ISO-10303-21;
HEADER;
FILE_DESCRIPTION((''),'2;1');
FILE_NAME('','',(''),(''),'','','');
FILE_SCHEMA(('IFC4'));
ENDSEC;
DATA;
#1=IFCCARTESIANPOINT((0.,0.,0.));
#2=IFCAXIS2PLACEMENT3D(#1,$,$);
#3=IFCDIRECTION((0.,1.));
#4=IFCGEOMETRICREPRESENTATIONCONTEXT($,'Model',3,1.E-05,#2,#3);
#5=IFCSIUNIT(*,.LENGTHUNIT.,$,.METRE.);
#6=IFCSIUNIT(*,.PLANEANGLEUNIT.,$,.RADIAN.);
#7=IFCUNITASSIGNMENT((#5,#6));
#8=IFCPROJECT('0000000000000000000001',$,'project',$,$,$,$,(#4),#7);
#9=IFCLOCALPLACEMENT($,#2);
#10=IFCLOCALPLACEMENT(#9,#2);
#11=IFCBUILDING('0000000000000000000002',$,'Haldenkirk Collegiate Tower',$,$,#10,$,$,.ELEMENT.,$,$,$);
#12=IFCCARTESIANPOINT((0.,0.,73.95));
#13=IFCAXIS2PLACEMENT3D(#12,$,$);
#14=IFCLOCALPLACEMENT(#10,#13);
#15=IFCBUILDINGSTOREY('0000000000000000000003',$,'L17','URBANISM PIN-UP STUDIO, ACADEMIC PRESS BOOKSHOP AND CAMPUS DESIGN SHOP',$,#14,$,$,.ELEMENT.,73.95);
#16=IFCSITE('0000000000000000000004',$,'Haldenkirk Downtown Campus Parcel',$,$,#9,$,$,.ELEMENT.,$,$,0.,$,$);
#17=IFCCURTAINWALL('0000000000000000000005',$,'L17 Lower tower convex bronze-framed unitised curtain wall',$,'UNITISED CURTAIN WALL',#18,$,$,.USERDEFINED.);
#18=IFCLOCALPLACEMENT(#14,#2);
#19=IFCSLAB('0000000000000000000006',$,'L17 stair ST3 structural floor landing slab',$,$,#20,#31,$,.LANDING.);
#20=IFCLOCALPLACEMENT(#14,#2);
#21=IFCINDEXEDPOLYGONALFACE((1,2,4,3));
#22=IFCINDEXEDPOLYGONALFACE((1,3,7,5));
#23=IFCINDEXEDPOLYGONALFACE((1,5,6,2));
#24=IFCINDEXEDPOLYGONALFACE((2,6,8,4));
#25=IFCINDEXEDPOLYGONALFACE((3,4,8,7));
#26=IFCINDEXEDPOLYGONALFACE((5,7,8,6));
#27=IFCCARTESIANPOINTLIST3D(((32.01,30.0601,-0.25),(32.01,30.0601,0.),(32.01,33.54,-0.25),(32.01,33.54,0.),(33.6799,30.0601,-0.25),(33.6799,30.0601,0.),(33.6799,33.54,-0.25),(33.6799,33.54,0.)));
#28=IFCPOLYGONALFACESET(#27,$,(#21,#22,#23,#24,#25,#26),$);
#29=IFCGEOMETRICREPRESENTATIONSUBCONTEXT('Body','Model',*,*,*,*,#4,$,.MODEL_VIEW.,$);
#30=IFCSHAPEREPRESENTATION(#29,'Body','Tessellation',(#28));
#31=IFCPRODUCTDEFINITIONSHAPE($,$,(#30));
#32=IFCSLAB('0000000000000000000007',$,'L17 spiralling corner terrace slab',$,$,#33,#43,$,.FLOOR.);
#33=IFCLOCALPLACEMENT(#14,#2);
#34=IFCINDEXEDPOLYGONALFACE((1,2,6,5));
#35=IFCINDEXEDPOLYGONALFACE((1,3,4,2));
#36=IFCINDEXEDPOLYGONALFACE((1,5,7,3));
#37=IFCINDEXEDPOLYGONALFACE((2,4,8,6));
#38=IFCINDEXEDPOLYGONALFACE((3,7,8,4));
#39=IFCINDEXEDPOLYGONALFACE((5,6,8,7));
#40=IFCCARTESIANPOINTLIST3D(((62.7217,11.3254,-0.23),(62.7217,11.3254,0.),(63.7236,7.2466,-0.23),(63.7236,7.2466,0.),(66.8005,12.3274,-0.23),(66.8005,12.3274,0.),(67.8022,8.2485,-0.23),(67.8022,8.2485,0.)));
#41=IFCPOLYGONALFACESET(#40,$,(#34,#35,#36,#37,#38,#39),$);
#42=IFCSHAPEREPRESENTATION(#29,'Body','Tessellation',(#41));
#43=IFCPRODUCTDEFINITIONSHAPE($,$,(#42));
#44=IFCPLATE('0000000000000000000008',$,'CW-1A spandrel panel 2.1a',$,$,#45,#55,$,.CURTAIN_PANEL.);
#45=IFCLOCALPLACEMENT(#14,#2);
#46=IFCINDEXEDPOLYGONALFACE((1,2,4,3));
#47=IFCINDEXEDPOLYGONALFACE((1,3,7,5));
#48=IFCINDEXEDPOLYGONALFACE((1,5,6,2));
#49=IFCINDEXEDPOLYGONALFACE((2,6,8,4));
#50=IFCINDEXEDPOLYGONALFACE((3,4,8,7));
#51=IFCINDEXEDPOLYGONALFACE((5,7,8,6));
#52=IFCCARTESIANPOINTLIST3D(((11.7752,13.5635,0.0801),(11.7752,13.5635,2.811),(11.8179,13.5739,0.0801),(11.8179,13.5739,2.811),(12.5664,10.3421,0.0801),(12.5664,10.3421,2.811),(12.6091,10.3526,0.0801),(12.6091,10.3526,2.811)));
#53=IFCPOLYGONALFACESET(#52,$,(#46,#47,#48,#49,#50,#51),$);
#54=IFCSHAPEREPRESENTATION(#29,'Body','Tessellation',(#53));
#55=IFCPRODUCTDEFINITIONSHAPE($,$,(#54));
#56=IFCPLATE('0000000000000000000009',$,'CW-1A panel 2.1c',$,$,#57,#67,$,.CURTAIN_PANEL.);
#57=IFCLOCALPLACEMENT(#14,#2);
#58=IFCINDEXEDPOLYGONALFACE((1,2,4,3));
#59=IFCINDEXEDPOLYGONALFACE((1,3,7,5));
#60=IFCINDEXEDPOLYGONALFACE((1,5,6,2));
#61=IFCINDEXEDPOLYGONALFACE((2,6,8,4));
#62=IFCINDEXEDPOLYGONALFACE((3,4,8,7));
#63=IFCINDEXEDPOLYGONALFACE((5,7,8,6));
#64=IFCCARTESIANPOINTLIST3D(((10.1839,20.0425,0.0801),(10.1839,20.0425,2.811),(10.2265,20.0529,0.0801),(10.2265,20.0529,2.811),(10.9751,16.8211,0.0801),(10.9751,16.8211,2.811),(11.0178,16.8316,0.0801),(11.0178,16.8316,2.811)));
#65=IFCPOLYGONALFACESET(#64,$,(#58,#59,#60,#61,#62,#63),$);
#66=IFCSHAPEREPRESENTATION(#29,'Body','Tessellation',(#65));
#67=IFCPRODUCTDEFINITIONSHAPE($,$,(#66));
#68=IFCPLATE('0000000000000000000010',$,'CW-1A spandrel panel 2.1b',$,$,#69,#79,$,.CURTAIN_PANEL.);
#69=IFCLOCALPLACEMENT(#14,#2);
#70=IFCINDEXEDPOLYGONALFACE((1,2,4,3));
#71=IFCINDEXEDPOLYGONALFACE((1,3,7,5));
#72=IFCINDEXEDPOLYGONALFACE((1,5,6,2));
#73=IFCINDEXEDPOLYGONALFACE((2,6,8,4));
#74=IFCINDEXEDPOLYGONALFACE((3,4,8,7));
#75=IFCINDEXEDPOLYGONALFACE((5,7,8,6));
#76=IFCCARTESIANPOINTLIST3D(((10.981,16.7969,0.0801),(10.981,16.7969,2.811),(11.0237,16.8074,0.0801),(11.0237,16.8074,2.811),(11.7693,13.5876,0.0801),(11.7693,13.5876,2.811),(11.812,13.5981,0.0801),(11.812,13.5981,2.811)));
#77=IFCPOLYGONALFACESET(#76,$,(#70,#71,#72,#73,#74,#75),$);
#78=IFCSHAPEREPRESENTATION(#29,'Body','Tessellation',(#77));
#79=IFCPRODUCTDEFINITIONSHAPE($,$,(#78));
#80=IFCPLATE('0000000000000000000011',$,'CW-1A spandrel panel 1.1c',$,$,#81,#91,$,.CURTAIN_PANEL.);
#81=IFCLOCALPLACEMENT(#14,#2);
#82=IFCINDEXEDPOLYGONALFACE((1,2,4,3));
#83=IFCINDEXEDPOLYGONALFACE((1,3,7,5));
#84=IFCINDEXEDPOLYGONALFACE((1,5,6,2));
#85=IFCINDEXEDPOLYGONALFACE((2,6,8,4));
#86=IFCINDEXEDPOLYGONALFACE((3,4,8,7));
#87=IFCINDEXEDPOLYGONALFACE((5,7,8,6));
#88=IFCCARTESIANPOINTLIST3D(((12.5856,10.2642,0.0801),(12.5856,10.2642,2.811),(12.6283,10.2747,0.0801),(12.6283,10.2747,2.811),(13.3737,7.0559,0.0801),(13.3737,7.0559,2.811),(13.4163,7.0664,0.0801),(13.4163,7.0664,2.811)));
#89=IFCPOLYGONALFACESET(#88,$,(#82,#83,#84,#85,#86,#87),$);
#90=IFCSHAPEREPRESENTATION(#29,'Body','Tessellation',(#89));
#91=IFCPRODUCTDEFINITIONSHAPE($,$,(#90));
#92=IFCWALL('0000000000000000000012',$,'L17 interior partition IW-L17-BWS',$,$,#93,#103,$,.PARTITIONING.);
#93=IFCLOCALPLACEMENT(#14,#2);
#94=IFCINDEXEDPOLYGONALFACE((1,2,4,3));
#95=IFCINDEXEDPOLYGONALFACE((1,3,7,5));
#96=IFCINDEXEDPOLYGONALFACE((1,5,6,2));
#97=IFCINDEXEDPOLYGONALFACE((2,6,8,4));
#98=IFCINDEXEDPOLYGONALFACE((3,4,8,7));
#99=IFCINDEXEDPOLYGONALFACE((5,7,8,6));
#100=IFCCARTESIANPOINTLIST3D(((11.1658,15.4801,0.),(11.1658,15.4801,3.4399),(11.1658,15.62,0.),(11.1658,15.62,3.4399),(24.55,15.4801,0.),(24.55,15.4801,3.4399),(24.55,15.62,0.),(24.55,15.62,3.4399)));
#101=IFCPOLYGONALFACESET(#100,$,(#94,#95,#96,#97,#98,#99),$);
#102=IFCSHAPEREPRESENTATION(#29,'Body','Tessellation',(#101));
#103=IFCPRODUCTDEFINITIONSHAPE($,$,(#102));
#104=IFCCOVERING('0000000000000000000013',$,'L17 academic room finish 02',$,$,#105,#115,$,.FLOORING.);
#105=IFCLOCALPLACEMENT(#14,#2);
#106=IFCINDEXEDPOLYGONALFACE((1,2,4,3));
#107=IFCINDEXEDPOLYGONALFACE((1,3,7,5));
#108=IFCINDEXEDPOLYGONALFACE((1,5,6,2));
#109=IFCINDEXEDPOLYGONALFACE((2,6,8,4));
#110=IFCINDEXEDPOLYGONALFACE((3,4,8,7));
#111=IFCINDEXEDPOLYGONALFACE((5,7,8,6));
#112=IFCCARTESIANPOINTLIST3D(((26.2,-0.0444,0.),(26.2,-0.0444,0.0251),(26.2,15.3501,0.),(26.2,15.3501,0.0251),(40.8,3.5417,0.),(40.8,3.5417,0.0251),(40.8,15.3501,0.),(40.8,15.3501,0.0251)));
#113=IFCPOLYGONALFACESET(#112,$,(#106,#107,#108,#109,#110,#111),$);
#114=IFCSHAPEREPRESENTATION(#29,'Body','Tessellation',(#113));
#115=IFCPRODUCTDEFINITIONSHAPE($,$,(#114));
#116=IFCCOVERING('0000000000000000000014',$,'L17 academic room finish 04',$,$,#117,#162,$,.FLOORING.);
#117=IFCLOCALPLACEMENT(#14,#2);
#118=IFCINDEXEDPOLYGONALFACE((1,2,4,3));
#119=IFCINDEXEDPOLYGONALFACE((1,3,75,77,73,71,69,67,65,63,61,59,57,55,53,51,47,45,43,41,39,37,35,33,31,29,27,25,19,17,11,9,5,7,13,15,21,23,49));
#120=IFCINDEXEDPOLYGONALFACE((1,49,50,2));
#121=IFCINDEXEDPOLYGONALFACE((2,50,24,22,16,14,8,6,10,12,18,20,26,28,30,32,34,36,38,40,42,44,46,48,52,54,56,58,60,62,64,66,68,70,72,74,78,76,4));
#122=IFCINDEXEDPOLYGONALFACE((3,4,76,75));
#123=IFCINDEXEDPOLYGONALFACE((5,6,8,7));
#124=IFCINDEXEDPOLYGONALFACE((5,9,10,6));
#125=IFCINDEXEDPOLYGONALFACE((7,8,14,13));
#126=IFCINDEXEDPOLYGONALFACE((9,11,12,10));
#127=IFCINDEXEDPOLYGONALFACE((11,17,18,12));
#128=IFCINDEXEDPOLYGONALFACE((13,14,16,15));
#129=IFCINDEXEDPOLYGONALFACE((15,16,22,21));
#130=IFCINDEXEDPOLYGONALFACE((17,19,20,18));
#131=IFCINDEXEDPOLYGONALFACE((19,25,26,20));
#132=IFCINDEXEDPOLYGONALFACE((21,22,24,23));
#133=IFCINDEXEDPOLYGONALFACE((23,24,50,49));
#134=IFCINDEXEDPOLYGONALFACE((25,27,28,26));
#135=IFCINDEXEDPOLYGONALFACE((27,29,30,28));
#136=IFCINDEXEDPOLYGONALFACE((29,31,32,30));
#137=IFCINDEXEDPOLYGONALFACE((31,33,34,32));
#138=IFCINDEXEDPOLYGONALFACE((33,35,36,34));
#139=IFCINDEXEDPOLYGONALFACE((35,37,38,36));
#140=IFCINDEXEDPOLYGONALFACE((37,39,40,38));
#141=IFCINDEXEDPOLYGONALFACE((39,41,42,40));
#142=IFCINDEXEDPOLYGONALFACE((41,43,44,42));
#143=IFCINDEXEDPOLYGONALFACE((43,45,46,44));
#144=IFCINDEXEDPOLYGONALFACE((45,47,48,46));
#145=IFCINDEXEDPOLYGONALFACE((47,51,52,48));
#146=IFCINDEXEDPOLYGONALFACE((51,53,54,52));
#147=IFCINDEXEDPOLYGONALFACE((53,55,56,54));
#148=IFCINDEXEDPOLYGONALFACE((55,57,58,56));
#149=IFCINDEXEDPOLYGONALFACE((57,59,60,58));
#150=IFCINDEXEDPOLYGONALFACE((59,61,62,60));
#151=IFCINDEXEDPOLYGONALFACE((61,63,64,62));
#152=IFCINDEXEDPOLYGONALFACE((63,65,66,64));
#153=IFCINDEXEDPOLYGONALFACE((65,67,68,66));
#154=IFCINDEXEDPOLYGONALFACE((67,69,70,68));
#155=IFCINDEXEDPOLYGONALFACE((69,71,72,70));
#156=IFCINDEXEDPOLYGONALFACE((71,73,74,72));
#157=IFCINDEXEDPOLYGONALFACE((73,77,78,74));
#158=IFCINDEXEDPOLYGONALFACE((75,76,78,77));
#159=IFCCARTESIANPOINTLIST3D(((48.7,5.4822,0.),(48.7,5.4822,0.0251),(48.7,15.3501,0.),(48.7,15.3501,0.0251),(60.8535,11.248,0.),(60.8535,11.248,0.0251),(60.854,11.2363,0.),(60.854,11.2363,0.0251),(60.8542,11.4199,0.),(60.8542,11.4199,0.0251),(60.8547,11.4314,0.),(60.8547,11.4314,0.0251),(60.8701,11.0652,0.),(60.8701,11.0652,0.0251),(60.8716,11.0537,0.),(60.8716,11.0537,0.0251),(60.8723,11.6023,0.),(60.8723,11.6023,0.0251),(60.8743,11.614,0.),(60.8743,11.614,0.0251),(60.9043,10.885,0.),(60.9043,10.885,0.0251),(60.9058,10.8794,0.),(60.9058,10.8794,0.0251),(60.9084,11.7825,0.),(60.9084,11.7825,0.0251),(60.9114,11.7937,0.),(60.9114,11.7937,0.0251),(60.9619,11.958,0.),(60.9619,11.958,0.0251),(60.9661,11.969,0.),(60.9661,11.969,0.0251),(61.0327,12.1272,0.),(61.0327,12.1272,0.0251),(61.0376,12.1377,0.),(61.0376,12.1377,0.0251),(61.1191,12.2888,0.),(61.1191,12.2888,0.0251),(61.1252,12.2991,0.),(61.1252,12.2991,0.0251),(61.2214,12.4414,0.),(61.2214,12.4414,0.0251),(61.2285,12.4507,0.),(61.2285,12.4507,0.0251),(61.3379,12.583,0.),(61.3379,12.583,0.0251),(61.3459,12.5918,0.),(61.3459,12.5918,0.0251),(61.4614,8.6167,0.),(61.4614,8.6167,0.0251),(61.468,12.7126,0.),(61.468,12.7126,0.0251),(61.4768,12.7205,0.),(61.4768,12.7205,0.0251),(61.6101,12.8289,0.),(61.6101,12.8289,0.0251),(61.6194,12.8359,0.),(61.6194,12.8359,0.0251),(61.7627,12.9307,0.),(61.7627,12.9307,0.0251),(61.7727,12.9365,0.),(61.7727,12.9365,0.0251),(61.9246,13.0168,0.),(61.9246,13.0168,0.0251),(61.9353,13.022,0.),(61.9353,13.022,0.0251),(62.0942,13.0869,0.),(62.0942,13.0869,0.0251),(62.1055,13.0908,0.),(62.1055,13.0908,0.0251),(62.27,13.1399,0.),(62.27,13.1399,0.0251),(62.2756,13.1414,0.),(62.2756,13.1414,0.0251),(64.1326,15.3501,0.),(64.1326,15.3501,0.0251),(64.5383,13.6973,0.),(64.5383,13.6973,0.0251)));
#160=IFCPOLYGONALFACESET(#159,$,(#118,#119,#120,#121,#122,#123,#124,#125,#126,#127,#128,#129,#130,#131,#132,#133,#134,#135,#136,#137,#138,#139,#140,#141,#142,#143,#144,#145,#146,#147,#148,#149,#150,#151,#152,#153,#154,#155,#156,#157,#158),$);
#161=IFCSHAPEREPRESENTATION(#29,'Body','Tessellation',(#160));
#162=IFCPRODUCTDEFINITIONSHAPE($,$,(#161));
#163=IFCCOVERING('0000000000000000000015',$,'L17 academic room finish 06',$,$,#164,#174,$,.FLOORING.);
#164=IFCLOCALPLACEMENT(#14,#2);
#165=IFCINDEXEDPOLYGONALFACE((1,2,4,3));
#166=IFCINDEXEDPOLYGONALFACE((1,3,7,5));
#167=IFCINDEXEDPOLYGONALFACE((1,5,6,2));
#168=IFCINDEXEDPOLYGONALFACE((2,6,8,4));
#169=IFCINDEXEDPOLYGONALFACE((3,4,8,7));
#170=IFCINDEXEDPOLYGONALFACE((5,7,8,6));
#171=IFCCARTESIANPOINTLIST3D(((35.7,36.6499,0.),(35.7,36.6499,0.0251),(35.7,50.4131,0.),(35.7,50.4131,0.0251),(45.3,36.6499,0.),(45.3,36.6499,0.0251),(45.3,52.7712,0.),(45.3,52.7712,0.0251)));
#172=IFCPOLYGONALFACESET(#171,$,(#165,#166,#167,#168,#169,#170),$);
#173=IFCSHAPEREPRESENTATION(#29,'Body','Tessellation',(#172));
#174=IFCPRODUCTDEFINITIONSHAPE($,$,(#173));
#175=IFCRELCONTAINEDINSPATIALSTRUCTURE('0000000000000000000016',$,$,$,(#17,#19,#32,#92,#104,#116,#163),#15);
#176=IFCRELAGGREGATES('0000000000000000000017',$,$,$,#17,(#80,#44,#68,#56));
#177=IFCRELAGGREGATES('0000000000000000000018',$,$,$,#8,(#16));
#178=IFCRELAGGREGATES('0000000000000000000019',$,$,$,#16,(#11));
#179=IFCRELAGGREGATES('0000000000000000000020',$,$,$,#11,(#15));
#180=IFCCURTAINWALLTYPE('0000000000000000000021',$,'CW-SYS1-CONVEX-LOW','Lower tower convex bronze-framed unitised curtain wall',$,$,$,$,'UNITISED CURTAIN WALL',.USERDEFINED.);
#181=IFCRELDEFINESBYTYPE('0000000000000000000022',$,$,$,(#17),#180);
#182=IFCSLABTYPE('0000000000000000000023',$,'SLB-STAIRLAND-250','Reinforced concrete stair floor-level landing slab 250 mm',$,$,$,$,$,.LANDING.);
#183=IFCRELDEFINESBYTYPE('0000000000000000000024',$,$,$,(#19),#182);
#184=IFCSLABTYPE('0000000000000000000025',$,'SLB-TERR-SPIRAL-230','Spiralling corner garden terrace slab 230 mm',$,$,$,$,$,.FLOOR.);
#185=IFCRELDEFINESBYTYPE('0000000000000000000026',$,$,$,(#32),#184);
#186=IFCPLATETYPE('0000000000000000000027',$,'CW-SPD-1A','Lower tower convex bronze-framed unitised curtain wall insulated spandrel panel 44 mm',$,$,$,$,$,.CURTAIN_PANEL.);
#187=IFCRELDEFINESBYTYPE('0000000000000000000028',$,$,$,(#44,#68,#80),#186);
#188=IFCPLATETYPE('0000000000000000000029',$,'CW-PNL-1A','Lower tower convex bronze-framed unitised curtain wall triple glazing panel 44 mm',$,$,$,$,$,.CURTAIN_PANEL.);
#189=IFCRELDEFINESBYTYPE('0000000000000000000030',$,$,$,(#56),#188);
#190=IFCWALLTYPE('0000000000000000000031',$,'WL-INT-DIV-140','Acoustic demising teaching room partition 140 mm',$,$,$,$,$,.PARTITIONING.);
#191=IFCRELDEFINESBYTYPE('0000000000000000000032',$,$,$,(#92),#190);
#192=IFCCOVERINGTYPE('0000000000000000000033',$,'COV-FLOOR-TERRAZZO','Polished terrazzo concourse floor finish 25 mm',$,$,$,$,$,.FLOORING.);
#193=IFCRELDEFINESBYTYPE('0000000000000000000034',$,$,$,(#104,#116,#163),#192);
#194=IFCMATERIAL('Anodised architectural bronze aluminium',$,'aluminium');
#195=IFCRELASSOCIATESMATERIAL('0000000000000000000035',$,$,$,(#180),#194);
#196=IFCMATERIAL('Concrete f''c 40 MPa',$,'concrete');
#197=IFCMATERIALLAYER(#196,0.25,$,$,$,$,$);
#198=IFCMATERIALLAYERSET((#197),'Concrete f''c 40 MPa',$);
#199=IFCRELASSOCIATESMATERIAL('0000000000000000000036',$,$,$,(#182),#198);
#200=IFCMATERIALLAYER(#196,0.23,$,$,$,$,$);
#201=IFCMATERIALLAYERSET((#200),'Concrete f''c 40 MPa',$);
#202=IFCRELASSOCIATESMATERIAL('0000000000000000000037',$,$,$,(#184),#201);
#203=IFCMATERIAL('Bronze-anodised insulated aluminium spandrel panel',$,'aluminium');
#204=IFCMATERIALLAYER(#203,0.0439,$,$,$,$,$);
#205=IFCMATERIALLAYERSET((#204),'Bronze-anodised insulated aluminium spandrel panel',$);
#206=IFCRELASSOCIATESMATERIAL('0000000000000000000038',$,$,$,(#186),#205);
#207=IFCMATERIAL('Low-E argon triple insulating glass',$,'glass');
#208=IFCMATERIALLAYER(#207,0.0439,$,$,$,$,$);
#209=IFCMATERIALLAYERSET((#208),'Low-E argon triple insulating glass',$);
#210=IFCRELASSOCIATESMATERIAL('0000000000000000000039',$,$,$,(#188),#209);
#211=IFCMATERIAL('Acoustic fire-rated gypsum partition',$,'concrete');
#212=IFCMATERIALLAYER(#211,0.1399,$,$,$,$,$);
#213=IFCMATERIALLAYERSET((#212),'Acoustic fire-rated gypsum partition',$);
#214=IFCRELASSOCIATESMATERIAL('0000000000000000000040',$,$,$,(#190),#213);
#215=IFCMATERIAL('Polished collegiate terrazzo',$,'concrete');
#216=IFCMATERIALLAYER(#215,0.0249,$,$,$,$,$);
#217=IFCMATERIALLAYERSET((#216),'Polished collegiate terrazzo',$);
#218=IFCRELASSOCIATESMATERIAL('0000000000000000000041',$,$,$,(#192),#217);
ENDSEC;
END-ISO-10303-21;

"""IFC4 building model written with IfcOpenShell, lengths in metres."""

from ifc_helpers import new_model, si_unit, direction, frame, frame_2d, origin, origin_2d, place, context, subcontext, project, spatial, polyline, rectangle, outline, extrude, source, transform, mapped, material, layer, layer_set, type_object, element, aggregate, save


model = new_model("IFC4")

# Units and contexts
model_context = context("Model", 3, precision=1e-05, world=origin(), true_north=direction((0.0, 1.0)))
body_context = subcontext(model_context, "Body", "Model", "MODEL_VIEW")
ifc_project = project(units=[si_unit("LENGTHUNIT", "METRE"), si_unit("PLANEANGLEUNIT", "RADIAN")], contexts=[model_context])

# Site, building, storey
site_placement = place(None, origin())
site = spatial("IfcSite", under=ifc_project, at=site_placement, Name="Haldenkirk Downtown Campus Parcel", CompositionType="ELEMENT", RefElevation=0.0)
building_placement = place(site_placement, origin())
building = spatial("IfcBuilding", under=site, at=building_placement, Name="Haldenkirk Collegiate Tower", CompositionType="ELEMENT")
storey_placement = place(building_placement, frame((0.0, 0.0, 73.95)))
storey = spatial("IfcBuildingStorey", under=building, at=storey_placement, Name="L17", Description="URBANISM PIN-UP STUDIO, ACADEMIC PRESS BOOKSHOP AND CAMPUS DESIGN SHOP", CompositionType="ELEMENT", Elevation=73.95)

# Curtain wall
ifc_material_1 = material(Name="Anodised architectural bronze aluminium", Category="aluminium")
curtain_wall_type = type_object("IfcCurtainWallType", Name="CW-SYS1-CONVEX-LOW", Description="Lower tower convex bronze-framed unitised curtain wall", ElementType="UNITISED CURTAIN WALL", PredefinedType="USERDEFINED", material=ifc_material_1)
curtain_wall_placement = place(storey_placement, origin())
curtain_wall = element("IfcCurtainWall", 1, at=curtain_wall_placement, inside=storey, type_object=curtain_wall_type, Name="L17 Lower tower convex bronze-framed unitised curtain wall", ObjectType="UNITISED CURTAIN WALL", PredefinedType="USERDEFINED")

# Shared definitions
ifc_material_2 = material(Name="Concrete f'c 40 MPa", Category="concrete")

# Slabs
ifc_layer_1 = layer(ifc_material_2, 0.25)
ifc_layer_set_1 = layer_set([ifc_layer_1], Name="Concrete f'c 40 MPa")
slab_type_1 = type_object("IfcSlabType", Name="SLB-STAIRLAND-250", Description="Reinforced concrete stair floor-level landing slab 250 mm", PredefinedType="LANDING", material=ifc_layer_set_1)
slab_1_placement = place(storey_placement, frame((0.0, 0.0, -0.25)))
element("IfcSlab", 2, at=slab_1_placement, inside=storey, type_object=slab_type_1, Name="L17 stair ST3 structural floor landing slab", PredefinedType="LANDING", context=body_context, shape_type="SweptSolid", body=[
    extrude(outline(polyline([(32.01, 30.0601), (33.6799, 30.0601), (33.6799, 33.54), (32.01, 33.54), (32.01, 30.0601)])), origin(), (0.0, 0.0, 1.0), 0.25),
])
ifc_layer_2 = layer(ifc_material_2, 0.23)
ifc_layer_set_2 = layer_set([ifc_layer_2], Name="Concrete f'c 40 MPa")
slab_type_2 = type_object("IfcSlabType", Name="SLB-TERR-SPIRAL-230", Description="Spiralling corner garden terrace slab 230 mm", PredefinedType="FLOOR", material=ifc_layer_set_2)
slab_2_placement = place(storey_placement, frame((0.0, 0.0, -0.23)))
element("IfcSlab", 3, at=slab_2_placement, inside=storey, type_object=slab_type_2, Name="L17 spiralling corner terrace slab", PredefinedType="FLOOR", context=body_context, shape_type="SweptSolid", body=[
    extrude(outline(polyline([(63.7236, 7.2466), (67.8022, 8.2485), (66.8005, 12.3274), (62.7217, 11.3254), (63.7236, 7.2466)])), origin(), (0.0, 0.0, 1.0), 0.23),
])

# Plates
ifc_material_3 = material(Name="Bronze-anodised insulated aluminium spandrel panel", Category="aluminium")
ifc_layer_3 = layer(ifc_material_3, 0.0439)
ifc_layer_set_3 = layer_set([ifc_layer_3], Name="Bronze-anodised insulated aluminium spandrel panel")
plate_type_1 = type_object("IfcPlateType", Name="CW-SPD-1A", Description="Lower tower convex bronze-framed unitised curtain wall insulated spandrel panel 44 mm", PredefinedType="CURTAIN_PANEL", material=ifc_layer_set_3)
shared_shape_1 = source(origin(), body_context, "Body", "SweptSolid", [
    extrude(rectangle(XDim=3.3171, YDim=0.0439, at=origin_2d()), origin(), (0.0, 0.0, 1.0), 2.731),
])
plate_1_placement = place(storey_placement, frame((12.1921, 11.958, 0.0801), z_axis=(0.0, 0.0, 1.0), x_axis=(-0.238532, 0.971135, 0.0)))
plate_1 = element("IfcPlate", 4, at=plate_1_placement, type_object=plate_type_1, Name="CW-1A spandrel panel 2.1a", PredefinedType="CURTAIN_PANEL", context=body_context, shape_type="MappedRepresentation", body=[
    mapped(shared_shape_1, transform((0.0, 0.0, 0.0), x_axis=(1.0, 0.0, 0.0), y_axis=(0.0, 1.0, 0.0), z_axis=(0.0, 0.0, 1.0), scale=1.0)),
])
ifc_material_4 = material(Name="Low-E argon triple insulating glass", Category="glass")
ifc_layer_4 = layer(ifc_material_4, 0.0439)
ifc_layer_set_4 = layer_set([ifc_layer_4], Name="Low-E argon triple insulating glass")
plate_type_2 = type_object("IfcPlateType", Name="CW-PNL-1A", Description="Lower tower convex bronze-framed unitised curtain wall triple glazing panel 44 mm", PredefinedType="CURTAIN_PANEL", material=ifc_layer_set_4)
plate_2_placement = place(storey_placement, frame((10.6008, 18.437, 0.0801), z_axis=(0.0, 0.0, 1.0), x_axis=(-0.238532, 0.971135, 0.0)))
plate_2 = element("IfcPlate", 5, at=plate_2_placement, type_object=plate_type_2, Name="CW-1A panel 2.1c", PredefinedType="CURTAIN_PANEL", context=body_context, shape_type="MappedRepresentation", body=[
    mapped(shared_shape_1, transform((0.0, 0.0, 0.0), x_axis=(1.0, 0.0, 0.0), y_axis=(0.0, 1.0, 0.0), z_axis=(0.0, 0.0, 1.0), scale=1.0)),
])
shared_shape_2 = source(origin(), body_context, "Body", "SweptSolid", [
    extrude(rectangle(XDim=3.3047, YDim=0.0439, at=origin_2d()), origin(), (0.0, 0.0, 1.0), 2.731),
])
plate_3_placement = place(storey_placement, frame((11.3965, 15.1975, 0.0801), z_axis=(0.0, 0.0, 1.0), x_axis=(-0.238532, 0.971135, 0.0)))
plate_3 = element("IfcPlate", 6, at=plate_3_placement, type_object=plate_type_1, Name="CW-1A spandrel panel 2.1b", PredefinedType="CURTAIN_PANEL", context=body_context, shape_type="MappedRepresentation", body=[
    mapped(shared_shape_2, transform((0.0, 0.0, 0.0), x_axis=(1.0, 0.0, 0.0), y_axis=(0.0, 1.0, 0.0), z_axis=(0.0, 0.0, 1.0), scale=1.0)),
])
shared_shape_3 = source(origin(), body_context, "Body", "SweptSolid", [
    extrude(rectangle(XDim=3.3037, YDim=0.0439, at=origin_2d()), origin(), (0.0, 0.0, 1.0), 2.731),
])
plate_4_placement = place(storey_placement, frame((13.001, 8.6653, 0.0801), z_axis=(0.0, 0.0, 1.0), x_axis=(-0.238532, 0.971135, 0.0)))
plate_4 = element("IfcPlate", 7, at=plate_4_placement, type_object=plate_type_1, Name="CW-1A spandrel panel 1.1c", PredefinedType="CURTAIN_PANEL", context=body_context, shape_type="MappedRepresentation", body=[
    mapped(shared_shape_3, transform((0.0, 0.0, 0.0), x_axis=(1.0, 0.0, 0.0), y_axis=(0.0, 1.0, 0.0), z_axis=(0.0, 0.0, 1.0), scale=1.0)),
])
aggregate(curtain_wall, [plate_4, plate_1, plate_3, plate_2])

# Wall
ifc_material_5 = material(Name="Acoustic fire-rated gypsum partition", Category="concrete")
ifc_layer_5 = layer(ifc_material_5, 0.1399)
ifc_layer_set_5 = layer_set([ifc_layer_5], Name="Acoustic fire-rated gypsum partition")
wall_type = type_object("IfcWallType", Name="WL-INT-DIV-140", Description="Acoustic demising teaching room partition 140 mm", PredefinedType="PARTITIONING", material=ifc_layer_set_5)
wall_placement = place(storey_placement, frame((11.1658, 15.55, 0.0), z_axis=(0.0, 0.0, 1.0), x_axis=(1.0, 0.0, 0.0)))
element("IfcWall", 8, at=wall_placement, inside=storey, type_object=wall_type, Name="L17 interior partition IW-L17-BWS", PredefinedType="PARTITIONING", context=body_context, shape_type="SweptSolid", body=[
    extrude(rectangle(XDim=13.3843, YDim=0.1399, at=frame_2d((6.6921, 0.0))), origin(), (0.0, 0.0, 1.0), 3.4399),
])

# Coverings
ifc_material_6 = material(Name="Polished collegiate terrazzo", Category="concrete")
ifc_layer_6 = layer(ifc_material_6, 0.0249)
ifc_layer_set_6 = layer_set([ifc_layer_6], Name="Polished collegiate terrazzo")
covering_type_1 = type_object("IfcCoveringType", Name="COV-FLOOR-TERRAZZO", Description="Polished terrazzo concourse floor finish 25 mm", PredefinedType="FLOORING", material=ifc_layer_set_6)
covering_1_placement = place(storey_placement, origin())
element("IfcCovering", 9, at=covering_1_placement, inside=storey, type_object=covering_type_1, Name="L17 academic room finish 02", PredefinedType="FLOORING", context=body_context, shape_type="SweptSolid", body=[
    extrude(outline(polyline([(26.2, -0.0444), (26.2, 15.3501), (40.8, 15.3501), (40.8, 3.5417), (26.2, -0.0444)])), origin(), (0.0, 0.0, 1.0), 0.0251),
])
covering_2_placement = place(storey_placement, origin())
element("IfcCovering", 10, at=covering_2_placement, inside=storey, type_object=covering_type_1, Name="L17 academic room finish 04", PredefinedType="FLOORING", context=body_context, shape_type="SweptSolid", body=[
    extrude(outline(polyline([(64.5383, 13.6973), (62.2756, 13.1414), (62.27, 13.1399), (62.1055, 13.0908), (62.0942, 13.0869), (61.9353, 13.022), (61.9246, 13.0168), (61.7727, 12.9365), (61.7627, 12.9307), (61.6194, 12.8359), (61.6101, 12.8289), (61.4768, 12.7205), (61.468, 12.7126), (61.3459, 12.5918), (61.3379, 12.583), (61.2285, 12.4507), (61.2214, 12.4414), (61.1252, 12.2991), (61.1191, 12.2888), (61.0376, 12.1377), (61.0327, 12.1272), (60.9661, 11.969), (60.9619, 11.958), (60.9114, 11.7937), (60.9084, 11.7825), (60.8743, 11.614), (60.8723, 11.6023), (60.8547, 11.4314), (60.8542, 11.4199), (60.8535, 11.248), (60.854, 11.2363), (60.8701, 11.0652), (60.8716, 11.0537), (60.9043, 10.885), (60.9058, 10.8794), (61.4614, 8.6167), (48.7, 5.4822), (48.7, 15.3501), (64.1326, 15.3501), (64.5383, 13.6973)])), origin(), (0.0, 0.0, 1.0), 0.0251),
])
covering_3_placement = place(storey_placement, origin())
element("IfcCovering", 11, at=covering_3_placement, inside=storey, type_object=covering_type_1, Name="L17 academic room finish 06", PredefinedType="FLOORING", context=body_context, shape_type="SweptSolid", body=[
    extrude(outline(polyline([(45.3, 52.7712), (45.3, 36.6499), (35.7, 36.6499), (35.7, 50.4131), (45.3, 52.7712)])), origin(), (0.0, 0.0, 1.0), 0.0251),
])

save(model, "model.ifc")
